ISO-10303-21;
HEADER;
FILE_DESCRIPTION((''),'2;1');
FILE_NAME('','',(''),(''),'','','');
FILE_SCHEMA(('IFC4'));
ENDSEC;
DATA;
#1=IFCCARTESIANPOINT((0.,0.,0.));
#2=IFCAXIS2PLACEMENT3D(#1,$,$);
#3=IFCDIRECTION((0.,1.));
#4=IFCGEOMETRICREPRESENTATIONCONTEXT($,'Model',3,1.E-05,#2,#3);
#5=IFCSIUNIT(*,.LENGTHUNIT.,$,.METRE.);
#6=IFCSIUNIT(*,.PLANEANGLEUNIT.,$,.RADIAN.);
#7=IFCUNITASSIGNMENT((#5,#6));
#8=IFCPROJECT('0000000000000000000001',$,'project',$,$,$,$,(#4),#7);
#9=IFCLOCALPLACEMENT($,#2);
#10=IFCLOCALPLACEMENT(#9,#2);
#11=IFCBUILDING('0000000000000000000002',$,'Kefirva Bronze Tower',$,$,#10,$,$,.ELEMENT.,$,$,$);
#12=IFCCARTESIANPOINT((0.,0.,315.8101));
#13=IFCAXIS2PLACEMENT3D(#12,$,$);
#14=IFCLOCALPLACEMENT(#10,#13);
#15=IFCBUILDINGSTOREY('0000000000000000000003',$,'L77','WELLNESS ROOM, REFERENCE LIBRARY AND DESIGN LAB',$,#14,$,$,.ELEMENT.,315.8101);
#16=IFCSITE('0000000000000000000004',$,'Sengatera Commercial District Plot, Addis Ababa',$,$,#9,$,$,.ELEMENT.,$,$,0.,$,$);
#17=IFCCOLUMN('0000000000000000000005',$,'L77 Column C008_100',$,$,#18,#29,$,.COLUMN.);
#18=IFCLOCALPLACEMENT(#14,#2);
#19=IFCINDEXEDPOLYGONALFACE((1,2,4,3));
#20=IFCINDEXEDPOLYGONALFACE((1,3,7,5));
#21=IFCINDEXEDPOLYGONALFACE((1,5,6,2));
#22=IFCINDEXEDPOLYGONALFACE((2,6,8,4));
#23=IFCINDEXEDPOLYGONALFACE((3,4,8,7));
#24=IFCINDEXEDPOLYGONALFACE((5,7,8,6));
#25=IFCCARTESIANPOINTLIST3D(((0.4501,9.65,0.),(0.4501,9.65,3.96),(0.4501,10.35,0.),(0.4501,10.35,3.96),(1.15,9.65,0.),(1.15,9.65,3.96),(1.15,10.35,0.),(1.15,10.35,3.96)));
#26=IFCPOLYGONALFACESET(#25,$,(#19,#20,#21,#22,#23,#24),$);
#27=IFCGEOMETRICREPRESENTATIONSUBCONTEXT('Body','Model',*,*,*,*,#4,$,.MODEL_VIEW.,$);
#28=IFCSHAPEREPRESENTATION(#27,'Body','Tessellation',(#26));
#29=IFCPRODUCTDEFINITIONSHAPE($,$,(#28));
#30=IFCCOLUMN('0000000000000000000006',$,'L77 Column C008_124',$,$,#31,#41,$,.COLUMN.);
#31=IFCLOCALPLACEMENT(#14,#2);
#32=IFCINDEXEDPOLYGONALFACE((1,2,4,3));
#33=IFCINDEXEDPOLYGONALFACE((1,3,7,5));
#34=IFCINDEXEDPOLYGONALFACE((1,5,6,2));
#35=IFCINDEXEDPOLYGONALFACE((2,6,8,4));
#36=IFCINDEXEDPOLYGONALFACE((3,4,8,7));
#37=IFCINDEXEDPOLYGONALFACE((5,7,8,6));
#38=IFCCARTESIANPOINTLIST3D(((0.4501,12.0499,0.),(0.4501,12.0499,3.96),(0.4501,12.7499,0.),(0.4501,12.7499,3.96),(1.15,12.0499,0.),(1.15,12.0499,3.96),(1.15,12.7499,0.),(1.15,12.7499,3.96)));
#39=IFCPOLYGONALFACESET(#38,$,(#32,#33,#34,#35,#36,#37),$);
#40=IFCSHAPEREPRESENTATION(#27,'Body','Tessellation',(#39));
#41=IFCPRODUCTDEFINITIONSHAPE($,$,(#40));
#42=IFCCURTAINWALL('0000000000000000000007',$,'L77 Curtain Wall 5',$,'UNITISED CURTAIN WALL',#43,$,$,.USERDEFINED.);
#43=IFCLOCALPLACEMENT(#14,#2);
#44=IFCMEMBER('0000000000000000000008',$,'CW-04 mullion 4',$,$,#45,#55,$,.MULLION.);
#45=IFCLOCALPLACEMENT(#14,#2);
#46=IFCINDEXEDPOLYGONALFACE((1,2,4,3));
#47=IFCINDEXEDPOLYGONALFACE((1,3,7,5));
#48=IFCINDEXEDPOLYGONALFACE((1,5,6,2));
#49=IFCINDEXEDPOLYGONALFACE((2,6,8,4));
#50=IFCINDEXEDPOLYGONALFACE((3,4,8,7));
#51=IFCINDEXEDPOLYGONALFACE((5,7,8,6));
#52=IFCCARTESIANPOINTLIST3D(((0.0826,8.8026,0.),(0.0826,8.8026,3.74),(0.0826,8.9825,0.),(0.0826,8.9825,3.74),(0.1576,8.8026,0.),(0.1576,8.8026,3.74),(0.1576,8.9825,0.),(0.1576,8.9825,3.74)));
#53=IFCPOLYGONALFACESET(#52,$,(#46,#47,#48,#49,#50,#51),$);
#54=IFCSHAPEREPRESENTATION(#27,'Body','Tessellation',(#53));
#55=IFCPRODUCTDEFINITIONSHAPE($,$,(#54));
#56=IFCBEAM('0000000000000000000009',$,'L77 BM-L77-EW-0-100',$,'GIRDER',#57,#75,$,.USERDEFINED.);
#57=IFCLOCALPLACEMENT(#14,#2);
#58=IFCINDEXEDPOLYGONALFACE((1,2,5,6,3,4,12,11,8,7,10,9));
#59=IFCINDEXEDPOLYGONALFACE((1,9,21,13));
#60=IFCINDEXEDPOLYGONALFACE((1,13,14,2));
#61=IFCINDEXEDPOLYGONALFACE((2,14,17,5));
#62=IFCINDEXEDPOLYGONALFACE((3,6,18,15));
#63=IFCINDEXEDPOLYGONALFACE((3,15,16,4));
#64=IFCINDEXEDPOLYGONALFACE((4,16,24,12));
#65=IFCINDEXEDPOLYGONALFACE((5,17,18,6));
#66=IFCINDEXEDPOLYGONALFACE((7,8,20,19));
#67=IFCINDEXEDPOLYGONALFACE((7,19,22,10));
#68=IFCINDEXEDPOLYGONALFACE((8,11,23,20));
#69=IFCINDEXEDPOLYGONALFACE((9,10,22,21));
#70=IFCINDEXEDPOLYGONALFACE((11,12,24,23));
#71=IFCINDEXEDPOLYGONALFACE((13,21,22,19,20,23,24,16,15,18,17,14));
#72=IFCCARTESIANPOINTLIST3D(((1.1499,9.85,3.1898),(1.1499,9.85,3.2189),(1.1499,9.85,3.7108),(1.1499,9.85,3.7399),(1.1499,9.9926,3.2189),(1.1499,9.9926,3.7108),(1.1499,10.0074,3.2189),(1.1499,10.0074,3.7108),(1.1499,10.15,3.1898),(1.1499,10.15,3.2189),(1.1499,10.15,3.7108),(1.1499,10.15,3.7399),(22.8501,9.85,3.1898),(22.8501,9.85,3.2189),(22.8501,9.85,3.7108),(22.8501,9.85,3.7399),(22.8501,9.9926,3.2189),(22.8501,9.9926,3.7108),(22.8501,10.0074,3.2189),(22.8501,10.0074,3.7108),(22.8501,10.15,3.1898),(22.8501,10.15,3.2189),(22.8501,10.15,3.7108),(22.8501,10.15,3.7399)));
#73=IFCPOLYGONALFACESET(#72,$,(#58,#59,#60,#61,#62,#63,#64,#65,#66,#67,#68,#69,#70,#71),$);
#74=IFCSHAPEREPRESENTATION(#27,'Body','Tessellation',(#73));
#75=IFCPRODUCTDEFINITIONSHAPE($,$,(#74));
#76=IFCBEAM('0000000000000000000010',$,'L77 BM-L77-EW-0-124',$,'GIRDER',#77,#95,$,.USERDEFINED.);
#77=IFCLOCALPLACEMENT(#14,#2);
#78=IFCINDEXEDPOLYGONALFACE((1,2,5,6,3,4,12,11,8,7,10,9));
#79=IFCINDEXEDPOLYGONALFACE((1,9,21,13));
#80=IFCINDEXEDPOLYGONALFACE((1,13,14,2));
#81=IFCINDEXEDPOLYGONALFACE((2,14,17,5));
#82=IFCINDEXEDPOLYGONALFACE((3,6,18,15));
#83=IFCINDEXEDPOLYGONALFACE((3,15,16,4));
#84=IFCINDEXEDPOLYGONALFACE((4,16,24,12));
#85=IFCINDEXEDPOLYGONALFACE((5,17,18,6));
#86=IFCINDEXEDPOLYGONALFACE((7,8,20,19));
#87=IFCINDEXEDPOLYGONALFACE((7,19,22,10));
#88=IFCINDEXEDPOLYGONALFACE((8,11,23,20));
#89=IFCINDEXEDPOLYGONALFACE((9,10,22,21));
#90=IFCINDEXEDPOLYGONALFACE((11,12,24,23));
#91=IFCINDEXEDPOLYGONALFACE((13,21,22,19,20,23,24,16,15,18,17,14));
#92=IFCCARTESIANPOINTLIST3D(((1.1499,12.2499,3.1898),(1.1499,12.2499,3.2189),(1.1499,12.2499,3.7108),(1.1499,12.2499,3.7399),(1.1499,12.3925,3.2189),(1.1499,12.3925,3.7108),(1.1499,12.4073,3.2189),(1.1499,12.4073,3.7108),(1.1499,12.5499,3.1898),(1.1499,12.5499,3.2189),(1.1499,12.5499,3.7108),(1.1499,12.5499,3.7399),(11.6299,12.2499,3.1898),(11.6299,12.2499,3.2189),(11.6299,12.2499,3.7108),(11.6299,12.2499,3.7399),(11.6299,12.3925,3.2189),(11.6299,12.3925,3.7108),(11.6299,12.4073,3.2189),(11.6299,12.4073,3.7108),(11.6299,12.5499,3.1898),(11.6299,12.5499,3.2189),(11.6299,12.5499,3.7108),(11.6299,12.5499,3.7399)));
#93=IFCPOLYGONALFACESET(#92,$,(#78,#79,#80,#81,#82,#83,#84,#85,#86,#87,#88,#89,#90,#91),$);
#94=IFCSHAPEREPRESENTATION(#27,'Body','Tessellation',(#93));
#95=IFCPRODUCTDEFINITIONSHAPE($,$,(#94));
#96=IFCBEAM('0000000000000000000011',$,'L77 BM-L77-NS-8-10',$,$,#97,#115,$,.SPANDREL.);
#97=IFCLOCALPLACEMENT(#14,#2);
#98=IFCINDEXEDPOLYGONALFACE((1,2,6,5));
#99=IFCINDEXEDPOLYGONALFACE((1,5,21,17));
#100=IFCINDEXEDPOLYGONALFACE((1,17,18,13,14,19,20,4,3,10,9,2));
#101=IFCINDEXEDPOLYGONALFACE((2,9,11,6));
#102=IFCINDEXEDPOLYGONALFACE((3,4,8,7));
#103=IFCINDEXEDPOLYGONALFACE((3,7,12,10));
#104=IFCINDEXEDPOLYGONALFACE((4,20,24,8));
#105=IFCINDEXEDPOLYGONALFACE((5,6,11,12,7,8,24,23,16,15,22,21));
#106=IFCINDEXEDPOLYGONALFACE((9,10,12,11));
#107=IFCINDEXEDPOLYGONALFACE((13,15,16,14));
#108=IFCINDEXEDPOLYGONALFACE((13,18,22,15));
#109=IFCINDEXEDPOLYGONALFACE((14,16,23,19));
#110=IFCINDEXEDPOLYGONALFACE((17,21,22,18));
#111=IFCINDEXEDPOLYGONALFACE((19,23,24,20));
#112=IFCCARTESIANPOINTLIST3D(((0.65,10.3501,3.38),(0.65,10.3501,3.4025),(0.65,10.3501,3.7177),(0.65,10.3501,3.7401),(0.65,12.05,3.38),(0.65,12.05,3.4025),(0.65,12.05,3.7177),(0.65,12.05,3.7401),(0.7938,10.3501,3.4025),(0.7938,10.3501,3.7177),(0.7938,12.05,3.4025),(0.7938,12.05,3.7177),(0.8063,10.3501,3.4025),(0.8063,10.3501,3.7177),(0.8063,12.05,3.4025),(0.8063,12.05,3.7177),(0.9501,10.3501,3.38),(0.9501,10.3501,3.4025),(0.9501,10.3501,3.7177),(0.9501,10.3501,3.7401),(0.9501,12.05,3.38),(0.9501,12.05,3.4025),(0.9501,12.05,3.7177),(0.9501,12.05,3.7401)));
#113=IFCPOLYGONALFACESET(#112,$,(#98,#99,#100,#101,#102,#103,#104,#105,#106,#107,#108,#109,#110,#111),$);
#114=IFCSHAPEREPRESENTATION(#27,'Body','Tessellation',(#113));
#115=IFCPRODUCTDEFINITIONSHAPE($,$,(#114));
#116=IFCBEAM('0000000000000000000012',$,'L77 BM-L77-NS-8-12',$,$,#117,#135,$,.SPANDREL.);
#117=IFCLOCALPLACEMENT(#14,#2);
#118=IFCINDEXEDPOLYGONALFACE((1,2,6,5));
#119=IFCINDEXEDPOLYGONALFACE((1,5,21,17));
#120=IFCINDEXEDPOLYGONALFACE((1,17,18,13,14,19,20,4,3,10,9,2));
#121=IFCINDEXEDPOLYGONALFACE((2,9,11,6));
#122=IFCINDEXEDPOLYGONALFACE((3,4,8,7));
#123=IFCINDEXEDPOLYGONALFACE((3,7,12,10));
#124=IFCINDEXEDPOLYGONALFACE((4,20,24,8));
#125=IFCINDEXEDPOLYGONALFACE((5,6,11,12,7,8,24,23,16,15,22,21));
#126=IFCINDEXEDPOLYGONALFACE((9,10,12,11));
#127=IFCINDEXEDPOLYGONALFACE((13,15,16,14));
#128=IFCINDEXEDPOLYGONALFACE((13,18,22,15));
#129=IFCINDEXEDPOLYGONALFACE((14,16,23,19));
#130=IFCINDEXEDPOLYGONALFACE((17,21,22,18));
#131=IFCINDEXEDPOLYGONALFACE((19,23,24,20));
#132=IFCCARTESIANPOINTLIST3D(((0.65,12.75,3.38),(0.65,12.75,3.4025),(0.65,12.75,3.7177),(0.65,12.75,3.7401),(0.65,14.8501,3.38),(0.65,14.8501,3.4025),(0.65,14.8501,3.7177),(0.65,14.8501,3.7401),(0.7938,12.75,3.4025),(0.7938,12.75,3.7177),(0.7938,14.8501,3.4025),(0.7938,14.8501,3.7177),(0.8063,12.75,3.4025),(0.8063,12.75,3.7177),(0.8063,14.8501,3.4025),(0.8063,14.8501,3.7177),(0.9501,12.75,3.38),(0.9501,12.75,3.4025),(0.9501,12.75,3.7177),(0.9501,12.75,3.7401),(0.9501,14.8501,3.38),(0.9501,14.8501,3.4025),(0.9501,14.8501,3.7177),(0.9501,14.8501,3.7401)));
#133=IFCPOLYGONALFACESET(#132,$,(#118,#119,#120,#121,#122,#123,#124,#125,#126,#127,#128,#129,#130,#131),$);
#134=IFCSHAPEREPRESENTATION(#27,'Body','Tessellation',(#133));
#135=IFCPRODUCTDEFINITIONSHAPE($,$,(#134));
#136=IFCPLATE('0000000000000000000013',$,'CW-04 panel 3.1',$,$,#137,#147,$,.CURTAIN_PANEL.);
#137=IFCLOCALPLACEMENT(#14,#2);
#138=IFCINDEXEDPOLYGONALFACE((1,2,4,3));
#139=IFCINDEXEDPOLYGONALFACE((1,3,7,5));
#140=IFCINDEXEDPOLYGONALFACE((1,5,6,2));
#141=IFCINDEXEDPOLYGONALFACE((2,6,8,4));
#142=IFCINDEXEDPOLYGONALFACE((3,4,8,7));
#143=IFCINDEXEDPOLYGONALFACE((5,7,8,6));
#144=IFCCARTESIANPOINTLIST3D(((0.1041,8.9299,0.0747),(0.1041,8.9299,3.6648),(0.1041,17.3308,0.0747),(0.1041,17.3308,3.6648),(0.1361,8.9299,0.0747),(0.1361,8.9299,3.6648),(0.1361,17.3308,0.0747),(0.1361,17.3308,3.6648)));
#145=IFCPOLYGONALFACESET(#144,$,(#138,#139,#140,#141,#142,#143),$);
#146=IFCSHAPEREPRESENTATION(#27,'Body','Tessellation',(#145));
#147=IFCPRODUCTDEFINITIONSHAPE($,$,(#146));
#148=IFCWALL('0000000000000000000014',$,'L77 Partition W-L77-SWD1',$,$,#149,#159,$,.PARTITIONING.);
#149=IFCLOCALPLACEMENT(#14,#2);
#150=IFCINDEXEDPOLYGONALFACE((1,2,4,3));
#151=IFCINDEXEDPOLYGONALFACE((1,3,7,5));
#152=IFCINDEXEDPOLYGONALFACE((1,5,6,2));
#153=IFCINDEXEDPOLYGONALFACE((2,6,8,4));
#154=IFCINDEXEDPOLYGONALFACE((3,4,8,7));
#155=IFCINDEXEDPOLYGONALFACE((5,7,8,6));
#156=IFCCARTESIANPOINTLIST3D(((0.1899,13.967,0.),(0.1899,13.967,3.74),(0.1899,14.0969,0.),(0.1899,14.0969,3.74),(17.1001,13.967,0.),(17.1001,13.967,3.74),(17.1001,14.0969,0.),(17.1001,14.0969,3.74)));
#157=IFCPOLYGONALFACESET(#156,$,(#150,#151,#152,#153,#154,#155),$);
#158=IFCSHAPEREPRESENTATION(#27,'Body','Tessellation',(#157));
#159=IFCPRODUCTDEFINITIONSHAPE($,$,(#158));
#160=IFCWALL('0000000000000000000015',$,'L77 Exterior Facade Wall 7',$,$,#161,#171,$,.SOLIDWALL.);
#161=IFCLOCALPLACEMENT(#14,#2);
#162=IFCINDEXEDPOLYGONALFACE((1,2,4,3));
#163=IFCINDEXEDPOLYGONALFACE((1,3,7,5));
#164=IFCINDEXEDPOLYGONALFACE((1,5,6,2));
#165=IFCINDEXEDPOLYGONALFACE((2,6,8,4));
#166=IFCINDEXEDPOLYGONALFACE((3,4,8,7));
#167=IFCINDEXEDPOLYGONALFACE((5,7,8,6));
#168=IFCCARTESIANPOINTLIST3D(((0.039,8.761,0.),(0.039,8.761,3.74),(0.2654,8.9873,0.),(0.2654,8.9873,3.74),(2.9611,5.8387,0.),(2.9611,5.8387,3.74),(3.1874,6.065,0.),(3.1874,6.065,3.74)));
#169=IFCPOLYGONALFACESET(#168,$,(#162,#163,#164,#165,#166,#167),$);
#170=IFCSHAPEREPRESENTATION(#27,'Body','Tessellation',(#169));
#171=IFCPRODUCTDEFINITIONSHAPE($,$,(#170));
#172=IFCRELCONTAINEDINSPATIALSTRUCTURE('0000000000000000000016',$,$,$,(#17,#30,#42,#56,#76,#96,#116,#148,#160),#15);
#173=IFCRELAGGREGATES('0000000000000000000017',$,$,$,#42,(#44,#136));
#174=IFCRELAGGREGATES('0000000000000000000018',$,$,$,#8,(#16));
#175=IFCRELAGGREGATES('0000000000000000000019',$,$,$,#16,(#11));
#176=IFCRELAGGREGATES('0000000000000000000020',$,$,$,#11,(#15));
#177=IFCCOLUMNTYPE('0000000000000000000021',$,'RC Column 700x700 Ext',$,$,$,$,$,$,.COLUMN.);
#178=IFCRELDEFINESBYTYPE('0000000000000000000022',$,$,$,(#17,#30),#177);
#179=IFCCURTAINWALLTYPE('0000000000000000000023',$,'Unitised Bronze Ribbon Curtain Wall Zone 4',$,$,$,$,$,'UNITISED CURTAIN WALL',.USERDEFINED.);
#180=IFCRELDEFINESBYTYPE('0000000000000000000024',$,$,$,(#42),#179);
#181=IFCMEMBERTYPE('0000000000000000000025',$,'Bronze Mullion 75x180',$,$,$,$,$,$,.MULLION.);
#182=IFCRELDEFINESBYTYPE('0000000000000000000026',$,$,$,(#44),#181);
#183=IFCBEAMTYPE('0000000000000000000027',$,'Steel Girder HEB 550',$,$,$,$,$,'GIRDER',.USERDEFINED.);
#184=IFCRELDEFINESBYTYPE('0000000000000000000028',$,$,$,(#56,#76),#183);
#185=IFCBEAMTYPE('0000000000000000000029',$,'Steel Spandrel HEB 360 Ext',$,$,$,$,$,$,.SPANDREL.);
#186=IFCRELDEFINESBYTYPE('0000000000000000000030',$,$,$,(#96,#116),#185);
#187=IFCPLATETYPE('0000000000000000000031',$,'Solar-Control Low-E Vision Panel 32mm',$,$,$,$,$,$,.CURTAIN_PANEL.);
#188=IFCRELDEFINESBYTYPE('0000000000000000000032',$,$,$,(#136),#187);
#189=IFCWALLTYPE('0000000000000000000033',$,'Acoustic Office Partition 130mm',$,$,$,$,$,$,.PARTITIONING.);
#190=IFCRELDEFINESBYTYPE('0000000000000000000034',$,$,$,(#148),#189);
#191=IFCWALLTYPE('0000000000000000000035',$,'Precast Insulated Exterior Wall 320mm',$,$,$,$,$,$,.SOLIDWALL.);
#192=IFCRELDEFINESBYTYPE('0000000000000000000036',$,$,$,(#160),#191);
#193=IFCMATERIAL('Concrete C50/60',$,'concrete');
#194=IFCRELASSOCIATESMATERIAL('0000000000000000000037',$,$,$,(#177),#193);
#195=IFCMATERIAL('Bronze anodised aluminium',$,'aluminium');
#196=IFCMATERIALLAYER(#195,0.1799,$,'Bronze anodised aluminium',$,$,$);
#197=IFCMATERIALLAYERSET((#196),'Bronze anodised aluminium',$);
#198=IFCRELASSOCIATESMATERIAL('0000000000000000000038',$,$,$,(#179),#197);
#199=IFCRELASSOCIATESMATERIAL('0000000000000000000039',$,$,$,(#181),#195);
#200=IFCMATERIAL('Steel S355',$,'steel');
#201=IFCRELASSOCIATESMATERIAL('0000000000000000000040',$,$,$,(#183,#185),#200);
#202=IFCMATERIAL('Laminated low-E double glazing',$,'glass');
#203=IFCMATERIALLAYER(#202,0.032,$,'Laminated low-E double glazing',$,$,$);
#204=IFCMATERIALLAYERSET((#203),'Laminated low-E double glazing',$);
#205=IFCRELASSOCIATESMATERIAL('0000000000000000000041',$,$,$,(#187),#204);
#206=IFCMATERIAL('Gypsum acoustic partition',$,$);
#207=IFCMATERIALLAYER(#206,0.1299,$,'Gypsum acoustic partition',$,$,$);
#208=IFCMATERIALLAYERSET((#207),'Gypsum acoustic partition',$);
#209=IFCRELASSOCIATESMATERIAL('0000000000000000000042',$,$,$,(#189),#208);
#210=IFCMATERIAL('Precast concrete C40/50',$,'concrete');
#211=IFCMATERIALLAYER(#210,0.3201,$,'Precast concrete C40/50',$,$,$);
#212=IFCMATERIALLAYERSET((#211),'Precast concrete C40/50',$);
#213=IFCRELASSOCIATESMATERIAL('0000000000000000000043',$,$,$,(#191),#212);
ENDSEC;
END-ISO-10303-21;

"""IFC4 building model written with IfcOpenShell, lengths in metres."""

from ifc_helpers import new_model, si_unit, direction, frame, frame_2d, origin, origin_2d, place, context, subcontext, project, spatial, rectangle, i_section, extrude, material, layer, layer_set, material_profile, profile_set, type_object, element, aggregate, save


model = new_model("IFC4")

# Units and contexts
model_context = context("Model", 3, precision=1e-05, world=origin(), true_north=direction((0.0, 1.0)))
body_context = subcontext(model_context, "Body", "Model", "MODEL_VIEW")
ifc_project = project(units=[si_unit("LENGTHUNIT", "METRE"), si_unit("PLANEANGLEUNIT", "RADIAN")], contexts=[model_context])

# Site, building, storey
site_placement = place(None, origin())
site = spatial("IfcSite", under=ifc_project, at=site_placement, Name="Sengatera Commercial District Plot, Addis Ababa", CompositionType="ELEMENT", RefElevation=0.0)
building_placement = place(site_placement, origin())
building = spatial("IfcBuilding", under=site, at=building_placement, Name="Kefirva Bronze Tower", CompositionType="ELEMENT")
storey_placement = place(building_placement, frame((0.0, 0.0, 315.8101)))
storey = spatial("IfcBuildingStorey", under=building, at=storey_placement, Name="L77", Description="WELLNESS ROOM, REFERENCE LIBRARY AND DESIGN LAB", CompositionType="ELEMENT", Elevation=315.8101)

# Columns
ifc_material_1 = material(Name="Concrete C50/60", Category="concrete")
ifc_material_profile_1 = material_profile(ifc_material_1, rectangle(XDim=0.7, YDim=0.7, at=origin_2d()), Name="RC 700x700")
ifc_profile_set_1 = profile_set([ifc_material_profile_1], Name="Concrete C50/60")
column_type = type_object("IfcColumnType", Name="RC Column 700x700 Ext", PredefinedType="COLUMN", material=ifc_profile_set_1)
for number, where, z_axis, x_axis, name in (
    (1, (0.8, 10.0, 0.0), (0.0, 0.0, 1.0), (1.0, 0.0, 0.0), "L77 Column C008_100"),
    (2, (0.8, 12.3999, 0.0), (0.0, 0.0, 1.0), (1.0, 0.0, 0.0), "L77 Column C008_124"),
):
    element("IfcColumn", number, at=place(storey_placement, frame(where, z_axis=z_axis, x_axis=x_axis)), inside=storey, type_object=column_type, Name=name, PredefinedType="COLUMN", context=body_context, shape_type="SweptSolid", body=[
        extrude(rectangle(XDim=0.7, YDim=0.7, at=origin_2d()), origin(), (0.0, 0.0, 1.0), 3.96),
    ])

# Curtain wall, member
ifc_material_2 = material(Name="Bronze anodised aluminium", Category="aluminium")
ifc_layer_1 = layer(ifc_material_2, 0.1799, Name="Bronze anodised aluminium")
ifc_layer_set_1 = layer_set([ifc_layer_1], Name="Bronze anodised aluminium")
curtain_wall_type = type_object("IfcCurtainWallType", Name="Unitised Bronze Ribbon Curtain Wall Zone 4", ElementType="UNITISED CURTAIN WALL", PredefinedType="USERDEFINED", material=ifc_layer_set_1)
curtain_wall_placement = place(storey_placement, origin())
curtain_wall = element("IfcCurtainWall", 3, at=curtain_wall_placement, inside=storey, type_object=curtain_wall_type, Name="L77 Curtain Wall 5", ObjectType="UNITISED CURTAIN WALL", PredefinedType="USERDEFINED")
ifc_material_profile_2 = material_profile(ifc_material_2, rectangle(XDim=0.075, YDim=0.1799, at=origin_2d()), Name="ALU 75x180")
ifc_profile_set_2 = profile_set([ifc_material_profile_2], Name="Bronze anodised aluminium")
member_type = type_object("IfcMemberType", Name="Bronze Mullion 75x180", PredefinedType="MULLION", material=ifc_profile_set_2)
member_placement = place(storey_placement, frame((0.1201, 8.8926, 0.0), z_axis=(0.0, 0.0, 1.0), x_axis=(1.0, 0.0, 0.0)))
member = element("IfcMember", 4, at=member_placement, type_object=member_type, Name="CW-04 mullion 4", PredefinedType="MULLION", context=body_context, shape_type="SweptSolid", body=[
    extrude(rectangle(XDim=0.075, YDim=0.1799, at=origin_2d()), origin(), (0.0, 0.0, 1.0), 3.74),
])

# Beams
ifc_material_3 = material(Name="Steel S355", Category="steel")
ifc_material_profile_3 = material_profile(ifc_material_3, i_section(OverallWidth=0.3, OverallDepth=0.55, WebThickness=0.0149, FlangeThickness=0.0291, at=origin_2d()), Name="HEB 550")
ifc_profile_set_3 = profile_set([ifc_material_profile_3], Name="Steel S355")
beam_type_1 = type_object("IfcBeamType", Name="Steel Girder HEB 550", ElementType="GIRDER", PredefinedType="USERDEFINED", material=ifc_profile_set_3)
beam_1_placement = place(storey_placement, frame((1.1499, 10.0, 3.4648), z_axis=(1.0, 0.0, 0.0), x_axis=(0.0, 1.0, 0.0)))
element("IfcBeam", 5, at=beam_1_placement, inside=storey, type_object=beam_type_1, Name="L77 BM-L77-EW-0-100", ObjectType="GIRDER", PredefinedType="USERDEFINED", context=body_context, shape_type="SweptSolid", body=[
    extrude(i_section(OverallWidth=0.3, OverallDepth=0.55, WebThickness=0.0149, FlangeThickness=0.0291, at=origin_2d()), origin(), (0.0, 0.0, 1.0), 21.7002),
])
beam_2_placement = place(storey_placement, frame((1.1499, 12.3999, 3.4648), z_axis=(1.0, 0.0, 0.0), x_axis=(0.0, 1.0, 0.0)))
element("IfcBeam", 6, at=beam_2_placement, inside=storey, type_object=beam_type_1, Name="L77 BM-L77-EW-0-124", ObjectType="GIRDER", PredefinedType="USERDEFINED", context=body_context, shape_type="SweptSolid", body=[
    extrude(i_section(OverallWidth=0.3, OverallDepth=0.55, WebThickness=0.0149, FlangeThickness=0.0291, at=origin_2d()), origin(), (0.0, 0.0, 1.0), 10.48),
])
ifc_material_profile_4 = material_profile(ifc_material_3, i_section(OverallWidth=0.3, OverallDepth=0.3601, WebThickness=0.0125, FlangeThickness=0.0225, at=origin_2d()), Name="HEB 360")
ifc_profile_set_4 = profile_set([ifc_material_profile_4], Name="Steel S355")
beam_type_2 = type_object("IfcBeamType", Name="Steel Spandrel HEB 360 Ext", PredefinedType="SPANDREL", material=ifc_profile_set_4)
beam_3_placement = place(storey_placement, frame((0.8, 10.3501, 3.5601), z_axis=(0.0, 1.0, 0.0), x_axis=(-1.0, 0.0, 0.0)))
element("IfcBeam", 7, at=beam_3_placement, inside=storey, type_object=beam_type_2, Name="L77 BM-L77-NS-8-10", PredefinedType="SPANDREL", context=body_context, shape_type="SweptSolid", body=[
    extrude(i_section(OverallWidth=0.3, OverallDepth=0.3601, WebThickness=0.0125, FlangeThickness=0.0225, at=origin_2d()), origin(), (0.0, 0.0, 1.0), 1.7),
])
beam_4_placement = place(storey_placement, frame((0.8, 12.75, 3.5601), z_axis=(0.0, 1.0, 0.0), x_axis=(-1.0, 0.0, 0.0)))
element("IfcBeam", 8, at=beam_4_placement, inside=storey, type_object=beam_type_2, Name="L77 BM-L77-NS-8-12", PredefinedType="SPANDREL", context=body_context, shape_type="SweptSolid", body=[
    extrude(i_section(OverallWidth=0.3, OverallDepth=0.3601, WebThickness=0.0125, FlangeThickness=0.0225, at=origin_2d()), origin(), (0.0, 0.0, 1.0), 2.1001),
])

# Plate
ifc_material_4 = material(Name="Laminated low-E double glazing", Category="glass")
ifc_layer_2 = layer(ifc_material_4, 0.032, Name="Laminated low-E double glazing")
ifc_layer_set_2 = layer_set([ifc_layer_2], Name="Laminated low-E double glazing")
plate_type = type_object("IfcPlateType", Name="Solar-Control Low-E Vision Panel 32mm", PredefinedType="CURTAIN_PANEL", material=ifc_layer_set_2)
plate_placement = place(storey_placement, frame((0.1201, 13.1304, 0.0747), z_axis=(0.0, 0.0, 1.0), x_axis=(0.0, -1.0, 0.0)))
plate = element("IfcPlate", 9, at=plate_placement, type_object=plate_type, Name="CW-04 panel 3.1", PredefinedType="CURTAIN_PANEL", context=body_context, shape_type="SweptSolid", body=[
    extrude(rectangle(XDim=8.4009, YDim=0.032, at=origin_2d()), origin(), (0.0, 0.0, 1.0), 3.5901),
])
aggregate(curtain_wall, [member, plate])

# Walls
ifc_material_5 = material(Name="Gypsum acoustic partition")
ifc_layer_3 = layer(ifc_material_5, 0.1299, Name="Gypsum acoustic partition")
ifc_layer_set_3 = layer_set([ifc_layer_3], Name="Gypsum acoustic partition")
wall_type_1 = type_object("IfcWallType", Name="Acoustic Office Partition 130mm", PredefinedType="PARTITIONING", material=ifc_layer_set_3)
wall_1_placement = place(storey_placement, frame((0.1899, 14.032, 0.0), z_axis=(0.0, 0.0, 1.0), x_axis=(1.0, 0.0, 0.0)))
element("IfcWall", 10, at=wall_1_placement, inside=storey, type_object=wall_type_1, Name="L77 Partition W-L77-SWD1", PredefinedType="PARTITIONING", context=body_context, shape_type="SweptSolid", body=[
    extrude(rectangle(XDim=16.9102, YDim=0.1299, at=frame_2d((8.4551, 0.0))), origin(), (0.0, 0.0, 1.0), 3.74),
])
ifc_material_6 = material(Name="Precast concrete C40/50", Category="concrete")
ifc_layer_4 = layer(ifc_material_6, 0.3201, Name="Precast concrete C40/50")
ifc_layer_set_4 = layer_set([ifc_layer_4], Name="Precast concrete C40/50")
wall_type_2 = type_object("IfcWallType", Name="Precast Insulated Exterior Wall 320mm", PredefinedType="SOLIDWALL", material=ifc_layer_set_4)
wall_2_placement = place(storey_placement, frame((0.1521, 8.8743, 0.0), z_axis=(0.0, 0.0, 1.0), x_axis=(0.707077, -0.707136, 0.0)))
element("IfcWall", 11, at=wall_2_placement, inside=storey, type_object=wall_type_2, Name="L77 Exterior Facade Wall 7", PredefinedType="SOLIDWALL", context=body_context, shape_type="SweptSolid", body=[
    extrude(rectangle(XDim=4.1326, YDim=0.3201, at=frame_2d((2.0664, 0.0))), origin(), (0.0, 0.0, 1.0), 3.74),
])

save(model, "model.ifc")
